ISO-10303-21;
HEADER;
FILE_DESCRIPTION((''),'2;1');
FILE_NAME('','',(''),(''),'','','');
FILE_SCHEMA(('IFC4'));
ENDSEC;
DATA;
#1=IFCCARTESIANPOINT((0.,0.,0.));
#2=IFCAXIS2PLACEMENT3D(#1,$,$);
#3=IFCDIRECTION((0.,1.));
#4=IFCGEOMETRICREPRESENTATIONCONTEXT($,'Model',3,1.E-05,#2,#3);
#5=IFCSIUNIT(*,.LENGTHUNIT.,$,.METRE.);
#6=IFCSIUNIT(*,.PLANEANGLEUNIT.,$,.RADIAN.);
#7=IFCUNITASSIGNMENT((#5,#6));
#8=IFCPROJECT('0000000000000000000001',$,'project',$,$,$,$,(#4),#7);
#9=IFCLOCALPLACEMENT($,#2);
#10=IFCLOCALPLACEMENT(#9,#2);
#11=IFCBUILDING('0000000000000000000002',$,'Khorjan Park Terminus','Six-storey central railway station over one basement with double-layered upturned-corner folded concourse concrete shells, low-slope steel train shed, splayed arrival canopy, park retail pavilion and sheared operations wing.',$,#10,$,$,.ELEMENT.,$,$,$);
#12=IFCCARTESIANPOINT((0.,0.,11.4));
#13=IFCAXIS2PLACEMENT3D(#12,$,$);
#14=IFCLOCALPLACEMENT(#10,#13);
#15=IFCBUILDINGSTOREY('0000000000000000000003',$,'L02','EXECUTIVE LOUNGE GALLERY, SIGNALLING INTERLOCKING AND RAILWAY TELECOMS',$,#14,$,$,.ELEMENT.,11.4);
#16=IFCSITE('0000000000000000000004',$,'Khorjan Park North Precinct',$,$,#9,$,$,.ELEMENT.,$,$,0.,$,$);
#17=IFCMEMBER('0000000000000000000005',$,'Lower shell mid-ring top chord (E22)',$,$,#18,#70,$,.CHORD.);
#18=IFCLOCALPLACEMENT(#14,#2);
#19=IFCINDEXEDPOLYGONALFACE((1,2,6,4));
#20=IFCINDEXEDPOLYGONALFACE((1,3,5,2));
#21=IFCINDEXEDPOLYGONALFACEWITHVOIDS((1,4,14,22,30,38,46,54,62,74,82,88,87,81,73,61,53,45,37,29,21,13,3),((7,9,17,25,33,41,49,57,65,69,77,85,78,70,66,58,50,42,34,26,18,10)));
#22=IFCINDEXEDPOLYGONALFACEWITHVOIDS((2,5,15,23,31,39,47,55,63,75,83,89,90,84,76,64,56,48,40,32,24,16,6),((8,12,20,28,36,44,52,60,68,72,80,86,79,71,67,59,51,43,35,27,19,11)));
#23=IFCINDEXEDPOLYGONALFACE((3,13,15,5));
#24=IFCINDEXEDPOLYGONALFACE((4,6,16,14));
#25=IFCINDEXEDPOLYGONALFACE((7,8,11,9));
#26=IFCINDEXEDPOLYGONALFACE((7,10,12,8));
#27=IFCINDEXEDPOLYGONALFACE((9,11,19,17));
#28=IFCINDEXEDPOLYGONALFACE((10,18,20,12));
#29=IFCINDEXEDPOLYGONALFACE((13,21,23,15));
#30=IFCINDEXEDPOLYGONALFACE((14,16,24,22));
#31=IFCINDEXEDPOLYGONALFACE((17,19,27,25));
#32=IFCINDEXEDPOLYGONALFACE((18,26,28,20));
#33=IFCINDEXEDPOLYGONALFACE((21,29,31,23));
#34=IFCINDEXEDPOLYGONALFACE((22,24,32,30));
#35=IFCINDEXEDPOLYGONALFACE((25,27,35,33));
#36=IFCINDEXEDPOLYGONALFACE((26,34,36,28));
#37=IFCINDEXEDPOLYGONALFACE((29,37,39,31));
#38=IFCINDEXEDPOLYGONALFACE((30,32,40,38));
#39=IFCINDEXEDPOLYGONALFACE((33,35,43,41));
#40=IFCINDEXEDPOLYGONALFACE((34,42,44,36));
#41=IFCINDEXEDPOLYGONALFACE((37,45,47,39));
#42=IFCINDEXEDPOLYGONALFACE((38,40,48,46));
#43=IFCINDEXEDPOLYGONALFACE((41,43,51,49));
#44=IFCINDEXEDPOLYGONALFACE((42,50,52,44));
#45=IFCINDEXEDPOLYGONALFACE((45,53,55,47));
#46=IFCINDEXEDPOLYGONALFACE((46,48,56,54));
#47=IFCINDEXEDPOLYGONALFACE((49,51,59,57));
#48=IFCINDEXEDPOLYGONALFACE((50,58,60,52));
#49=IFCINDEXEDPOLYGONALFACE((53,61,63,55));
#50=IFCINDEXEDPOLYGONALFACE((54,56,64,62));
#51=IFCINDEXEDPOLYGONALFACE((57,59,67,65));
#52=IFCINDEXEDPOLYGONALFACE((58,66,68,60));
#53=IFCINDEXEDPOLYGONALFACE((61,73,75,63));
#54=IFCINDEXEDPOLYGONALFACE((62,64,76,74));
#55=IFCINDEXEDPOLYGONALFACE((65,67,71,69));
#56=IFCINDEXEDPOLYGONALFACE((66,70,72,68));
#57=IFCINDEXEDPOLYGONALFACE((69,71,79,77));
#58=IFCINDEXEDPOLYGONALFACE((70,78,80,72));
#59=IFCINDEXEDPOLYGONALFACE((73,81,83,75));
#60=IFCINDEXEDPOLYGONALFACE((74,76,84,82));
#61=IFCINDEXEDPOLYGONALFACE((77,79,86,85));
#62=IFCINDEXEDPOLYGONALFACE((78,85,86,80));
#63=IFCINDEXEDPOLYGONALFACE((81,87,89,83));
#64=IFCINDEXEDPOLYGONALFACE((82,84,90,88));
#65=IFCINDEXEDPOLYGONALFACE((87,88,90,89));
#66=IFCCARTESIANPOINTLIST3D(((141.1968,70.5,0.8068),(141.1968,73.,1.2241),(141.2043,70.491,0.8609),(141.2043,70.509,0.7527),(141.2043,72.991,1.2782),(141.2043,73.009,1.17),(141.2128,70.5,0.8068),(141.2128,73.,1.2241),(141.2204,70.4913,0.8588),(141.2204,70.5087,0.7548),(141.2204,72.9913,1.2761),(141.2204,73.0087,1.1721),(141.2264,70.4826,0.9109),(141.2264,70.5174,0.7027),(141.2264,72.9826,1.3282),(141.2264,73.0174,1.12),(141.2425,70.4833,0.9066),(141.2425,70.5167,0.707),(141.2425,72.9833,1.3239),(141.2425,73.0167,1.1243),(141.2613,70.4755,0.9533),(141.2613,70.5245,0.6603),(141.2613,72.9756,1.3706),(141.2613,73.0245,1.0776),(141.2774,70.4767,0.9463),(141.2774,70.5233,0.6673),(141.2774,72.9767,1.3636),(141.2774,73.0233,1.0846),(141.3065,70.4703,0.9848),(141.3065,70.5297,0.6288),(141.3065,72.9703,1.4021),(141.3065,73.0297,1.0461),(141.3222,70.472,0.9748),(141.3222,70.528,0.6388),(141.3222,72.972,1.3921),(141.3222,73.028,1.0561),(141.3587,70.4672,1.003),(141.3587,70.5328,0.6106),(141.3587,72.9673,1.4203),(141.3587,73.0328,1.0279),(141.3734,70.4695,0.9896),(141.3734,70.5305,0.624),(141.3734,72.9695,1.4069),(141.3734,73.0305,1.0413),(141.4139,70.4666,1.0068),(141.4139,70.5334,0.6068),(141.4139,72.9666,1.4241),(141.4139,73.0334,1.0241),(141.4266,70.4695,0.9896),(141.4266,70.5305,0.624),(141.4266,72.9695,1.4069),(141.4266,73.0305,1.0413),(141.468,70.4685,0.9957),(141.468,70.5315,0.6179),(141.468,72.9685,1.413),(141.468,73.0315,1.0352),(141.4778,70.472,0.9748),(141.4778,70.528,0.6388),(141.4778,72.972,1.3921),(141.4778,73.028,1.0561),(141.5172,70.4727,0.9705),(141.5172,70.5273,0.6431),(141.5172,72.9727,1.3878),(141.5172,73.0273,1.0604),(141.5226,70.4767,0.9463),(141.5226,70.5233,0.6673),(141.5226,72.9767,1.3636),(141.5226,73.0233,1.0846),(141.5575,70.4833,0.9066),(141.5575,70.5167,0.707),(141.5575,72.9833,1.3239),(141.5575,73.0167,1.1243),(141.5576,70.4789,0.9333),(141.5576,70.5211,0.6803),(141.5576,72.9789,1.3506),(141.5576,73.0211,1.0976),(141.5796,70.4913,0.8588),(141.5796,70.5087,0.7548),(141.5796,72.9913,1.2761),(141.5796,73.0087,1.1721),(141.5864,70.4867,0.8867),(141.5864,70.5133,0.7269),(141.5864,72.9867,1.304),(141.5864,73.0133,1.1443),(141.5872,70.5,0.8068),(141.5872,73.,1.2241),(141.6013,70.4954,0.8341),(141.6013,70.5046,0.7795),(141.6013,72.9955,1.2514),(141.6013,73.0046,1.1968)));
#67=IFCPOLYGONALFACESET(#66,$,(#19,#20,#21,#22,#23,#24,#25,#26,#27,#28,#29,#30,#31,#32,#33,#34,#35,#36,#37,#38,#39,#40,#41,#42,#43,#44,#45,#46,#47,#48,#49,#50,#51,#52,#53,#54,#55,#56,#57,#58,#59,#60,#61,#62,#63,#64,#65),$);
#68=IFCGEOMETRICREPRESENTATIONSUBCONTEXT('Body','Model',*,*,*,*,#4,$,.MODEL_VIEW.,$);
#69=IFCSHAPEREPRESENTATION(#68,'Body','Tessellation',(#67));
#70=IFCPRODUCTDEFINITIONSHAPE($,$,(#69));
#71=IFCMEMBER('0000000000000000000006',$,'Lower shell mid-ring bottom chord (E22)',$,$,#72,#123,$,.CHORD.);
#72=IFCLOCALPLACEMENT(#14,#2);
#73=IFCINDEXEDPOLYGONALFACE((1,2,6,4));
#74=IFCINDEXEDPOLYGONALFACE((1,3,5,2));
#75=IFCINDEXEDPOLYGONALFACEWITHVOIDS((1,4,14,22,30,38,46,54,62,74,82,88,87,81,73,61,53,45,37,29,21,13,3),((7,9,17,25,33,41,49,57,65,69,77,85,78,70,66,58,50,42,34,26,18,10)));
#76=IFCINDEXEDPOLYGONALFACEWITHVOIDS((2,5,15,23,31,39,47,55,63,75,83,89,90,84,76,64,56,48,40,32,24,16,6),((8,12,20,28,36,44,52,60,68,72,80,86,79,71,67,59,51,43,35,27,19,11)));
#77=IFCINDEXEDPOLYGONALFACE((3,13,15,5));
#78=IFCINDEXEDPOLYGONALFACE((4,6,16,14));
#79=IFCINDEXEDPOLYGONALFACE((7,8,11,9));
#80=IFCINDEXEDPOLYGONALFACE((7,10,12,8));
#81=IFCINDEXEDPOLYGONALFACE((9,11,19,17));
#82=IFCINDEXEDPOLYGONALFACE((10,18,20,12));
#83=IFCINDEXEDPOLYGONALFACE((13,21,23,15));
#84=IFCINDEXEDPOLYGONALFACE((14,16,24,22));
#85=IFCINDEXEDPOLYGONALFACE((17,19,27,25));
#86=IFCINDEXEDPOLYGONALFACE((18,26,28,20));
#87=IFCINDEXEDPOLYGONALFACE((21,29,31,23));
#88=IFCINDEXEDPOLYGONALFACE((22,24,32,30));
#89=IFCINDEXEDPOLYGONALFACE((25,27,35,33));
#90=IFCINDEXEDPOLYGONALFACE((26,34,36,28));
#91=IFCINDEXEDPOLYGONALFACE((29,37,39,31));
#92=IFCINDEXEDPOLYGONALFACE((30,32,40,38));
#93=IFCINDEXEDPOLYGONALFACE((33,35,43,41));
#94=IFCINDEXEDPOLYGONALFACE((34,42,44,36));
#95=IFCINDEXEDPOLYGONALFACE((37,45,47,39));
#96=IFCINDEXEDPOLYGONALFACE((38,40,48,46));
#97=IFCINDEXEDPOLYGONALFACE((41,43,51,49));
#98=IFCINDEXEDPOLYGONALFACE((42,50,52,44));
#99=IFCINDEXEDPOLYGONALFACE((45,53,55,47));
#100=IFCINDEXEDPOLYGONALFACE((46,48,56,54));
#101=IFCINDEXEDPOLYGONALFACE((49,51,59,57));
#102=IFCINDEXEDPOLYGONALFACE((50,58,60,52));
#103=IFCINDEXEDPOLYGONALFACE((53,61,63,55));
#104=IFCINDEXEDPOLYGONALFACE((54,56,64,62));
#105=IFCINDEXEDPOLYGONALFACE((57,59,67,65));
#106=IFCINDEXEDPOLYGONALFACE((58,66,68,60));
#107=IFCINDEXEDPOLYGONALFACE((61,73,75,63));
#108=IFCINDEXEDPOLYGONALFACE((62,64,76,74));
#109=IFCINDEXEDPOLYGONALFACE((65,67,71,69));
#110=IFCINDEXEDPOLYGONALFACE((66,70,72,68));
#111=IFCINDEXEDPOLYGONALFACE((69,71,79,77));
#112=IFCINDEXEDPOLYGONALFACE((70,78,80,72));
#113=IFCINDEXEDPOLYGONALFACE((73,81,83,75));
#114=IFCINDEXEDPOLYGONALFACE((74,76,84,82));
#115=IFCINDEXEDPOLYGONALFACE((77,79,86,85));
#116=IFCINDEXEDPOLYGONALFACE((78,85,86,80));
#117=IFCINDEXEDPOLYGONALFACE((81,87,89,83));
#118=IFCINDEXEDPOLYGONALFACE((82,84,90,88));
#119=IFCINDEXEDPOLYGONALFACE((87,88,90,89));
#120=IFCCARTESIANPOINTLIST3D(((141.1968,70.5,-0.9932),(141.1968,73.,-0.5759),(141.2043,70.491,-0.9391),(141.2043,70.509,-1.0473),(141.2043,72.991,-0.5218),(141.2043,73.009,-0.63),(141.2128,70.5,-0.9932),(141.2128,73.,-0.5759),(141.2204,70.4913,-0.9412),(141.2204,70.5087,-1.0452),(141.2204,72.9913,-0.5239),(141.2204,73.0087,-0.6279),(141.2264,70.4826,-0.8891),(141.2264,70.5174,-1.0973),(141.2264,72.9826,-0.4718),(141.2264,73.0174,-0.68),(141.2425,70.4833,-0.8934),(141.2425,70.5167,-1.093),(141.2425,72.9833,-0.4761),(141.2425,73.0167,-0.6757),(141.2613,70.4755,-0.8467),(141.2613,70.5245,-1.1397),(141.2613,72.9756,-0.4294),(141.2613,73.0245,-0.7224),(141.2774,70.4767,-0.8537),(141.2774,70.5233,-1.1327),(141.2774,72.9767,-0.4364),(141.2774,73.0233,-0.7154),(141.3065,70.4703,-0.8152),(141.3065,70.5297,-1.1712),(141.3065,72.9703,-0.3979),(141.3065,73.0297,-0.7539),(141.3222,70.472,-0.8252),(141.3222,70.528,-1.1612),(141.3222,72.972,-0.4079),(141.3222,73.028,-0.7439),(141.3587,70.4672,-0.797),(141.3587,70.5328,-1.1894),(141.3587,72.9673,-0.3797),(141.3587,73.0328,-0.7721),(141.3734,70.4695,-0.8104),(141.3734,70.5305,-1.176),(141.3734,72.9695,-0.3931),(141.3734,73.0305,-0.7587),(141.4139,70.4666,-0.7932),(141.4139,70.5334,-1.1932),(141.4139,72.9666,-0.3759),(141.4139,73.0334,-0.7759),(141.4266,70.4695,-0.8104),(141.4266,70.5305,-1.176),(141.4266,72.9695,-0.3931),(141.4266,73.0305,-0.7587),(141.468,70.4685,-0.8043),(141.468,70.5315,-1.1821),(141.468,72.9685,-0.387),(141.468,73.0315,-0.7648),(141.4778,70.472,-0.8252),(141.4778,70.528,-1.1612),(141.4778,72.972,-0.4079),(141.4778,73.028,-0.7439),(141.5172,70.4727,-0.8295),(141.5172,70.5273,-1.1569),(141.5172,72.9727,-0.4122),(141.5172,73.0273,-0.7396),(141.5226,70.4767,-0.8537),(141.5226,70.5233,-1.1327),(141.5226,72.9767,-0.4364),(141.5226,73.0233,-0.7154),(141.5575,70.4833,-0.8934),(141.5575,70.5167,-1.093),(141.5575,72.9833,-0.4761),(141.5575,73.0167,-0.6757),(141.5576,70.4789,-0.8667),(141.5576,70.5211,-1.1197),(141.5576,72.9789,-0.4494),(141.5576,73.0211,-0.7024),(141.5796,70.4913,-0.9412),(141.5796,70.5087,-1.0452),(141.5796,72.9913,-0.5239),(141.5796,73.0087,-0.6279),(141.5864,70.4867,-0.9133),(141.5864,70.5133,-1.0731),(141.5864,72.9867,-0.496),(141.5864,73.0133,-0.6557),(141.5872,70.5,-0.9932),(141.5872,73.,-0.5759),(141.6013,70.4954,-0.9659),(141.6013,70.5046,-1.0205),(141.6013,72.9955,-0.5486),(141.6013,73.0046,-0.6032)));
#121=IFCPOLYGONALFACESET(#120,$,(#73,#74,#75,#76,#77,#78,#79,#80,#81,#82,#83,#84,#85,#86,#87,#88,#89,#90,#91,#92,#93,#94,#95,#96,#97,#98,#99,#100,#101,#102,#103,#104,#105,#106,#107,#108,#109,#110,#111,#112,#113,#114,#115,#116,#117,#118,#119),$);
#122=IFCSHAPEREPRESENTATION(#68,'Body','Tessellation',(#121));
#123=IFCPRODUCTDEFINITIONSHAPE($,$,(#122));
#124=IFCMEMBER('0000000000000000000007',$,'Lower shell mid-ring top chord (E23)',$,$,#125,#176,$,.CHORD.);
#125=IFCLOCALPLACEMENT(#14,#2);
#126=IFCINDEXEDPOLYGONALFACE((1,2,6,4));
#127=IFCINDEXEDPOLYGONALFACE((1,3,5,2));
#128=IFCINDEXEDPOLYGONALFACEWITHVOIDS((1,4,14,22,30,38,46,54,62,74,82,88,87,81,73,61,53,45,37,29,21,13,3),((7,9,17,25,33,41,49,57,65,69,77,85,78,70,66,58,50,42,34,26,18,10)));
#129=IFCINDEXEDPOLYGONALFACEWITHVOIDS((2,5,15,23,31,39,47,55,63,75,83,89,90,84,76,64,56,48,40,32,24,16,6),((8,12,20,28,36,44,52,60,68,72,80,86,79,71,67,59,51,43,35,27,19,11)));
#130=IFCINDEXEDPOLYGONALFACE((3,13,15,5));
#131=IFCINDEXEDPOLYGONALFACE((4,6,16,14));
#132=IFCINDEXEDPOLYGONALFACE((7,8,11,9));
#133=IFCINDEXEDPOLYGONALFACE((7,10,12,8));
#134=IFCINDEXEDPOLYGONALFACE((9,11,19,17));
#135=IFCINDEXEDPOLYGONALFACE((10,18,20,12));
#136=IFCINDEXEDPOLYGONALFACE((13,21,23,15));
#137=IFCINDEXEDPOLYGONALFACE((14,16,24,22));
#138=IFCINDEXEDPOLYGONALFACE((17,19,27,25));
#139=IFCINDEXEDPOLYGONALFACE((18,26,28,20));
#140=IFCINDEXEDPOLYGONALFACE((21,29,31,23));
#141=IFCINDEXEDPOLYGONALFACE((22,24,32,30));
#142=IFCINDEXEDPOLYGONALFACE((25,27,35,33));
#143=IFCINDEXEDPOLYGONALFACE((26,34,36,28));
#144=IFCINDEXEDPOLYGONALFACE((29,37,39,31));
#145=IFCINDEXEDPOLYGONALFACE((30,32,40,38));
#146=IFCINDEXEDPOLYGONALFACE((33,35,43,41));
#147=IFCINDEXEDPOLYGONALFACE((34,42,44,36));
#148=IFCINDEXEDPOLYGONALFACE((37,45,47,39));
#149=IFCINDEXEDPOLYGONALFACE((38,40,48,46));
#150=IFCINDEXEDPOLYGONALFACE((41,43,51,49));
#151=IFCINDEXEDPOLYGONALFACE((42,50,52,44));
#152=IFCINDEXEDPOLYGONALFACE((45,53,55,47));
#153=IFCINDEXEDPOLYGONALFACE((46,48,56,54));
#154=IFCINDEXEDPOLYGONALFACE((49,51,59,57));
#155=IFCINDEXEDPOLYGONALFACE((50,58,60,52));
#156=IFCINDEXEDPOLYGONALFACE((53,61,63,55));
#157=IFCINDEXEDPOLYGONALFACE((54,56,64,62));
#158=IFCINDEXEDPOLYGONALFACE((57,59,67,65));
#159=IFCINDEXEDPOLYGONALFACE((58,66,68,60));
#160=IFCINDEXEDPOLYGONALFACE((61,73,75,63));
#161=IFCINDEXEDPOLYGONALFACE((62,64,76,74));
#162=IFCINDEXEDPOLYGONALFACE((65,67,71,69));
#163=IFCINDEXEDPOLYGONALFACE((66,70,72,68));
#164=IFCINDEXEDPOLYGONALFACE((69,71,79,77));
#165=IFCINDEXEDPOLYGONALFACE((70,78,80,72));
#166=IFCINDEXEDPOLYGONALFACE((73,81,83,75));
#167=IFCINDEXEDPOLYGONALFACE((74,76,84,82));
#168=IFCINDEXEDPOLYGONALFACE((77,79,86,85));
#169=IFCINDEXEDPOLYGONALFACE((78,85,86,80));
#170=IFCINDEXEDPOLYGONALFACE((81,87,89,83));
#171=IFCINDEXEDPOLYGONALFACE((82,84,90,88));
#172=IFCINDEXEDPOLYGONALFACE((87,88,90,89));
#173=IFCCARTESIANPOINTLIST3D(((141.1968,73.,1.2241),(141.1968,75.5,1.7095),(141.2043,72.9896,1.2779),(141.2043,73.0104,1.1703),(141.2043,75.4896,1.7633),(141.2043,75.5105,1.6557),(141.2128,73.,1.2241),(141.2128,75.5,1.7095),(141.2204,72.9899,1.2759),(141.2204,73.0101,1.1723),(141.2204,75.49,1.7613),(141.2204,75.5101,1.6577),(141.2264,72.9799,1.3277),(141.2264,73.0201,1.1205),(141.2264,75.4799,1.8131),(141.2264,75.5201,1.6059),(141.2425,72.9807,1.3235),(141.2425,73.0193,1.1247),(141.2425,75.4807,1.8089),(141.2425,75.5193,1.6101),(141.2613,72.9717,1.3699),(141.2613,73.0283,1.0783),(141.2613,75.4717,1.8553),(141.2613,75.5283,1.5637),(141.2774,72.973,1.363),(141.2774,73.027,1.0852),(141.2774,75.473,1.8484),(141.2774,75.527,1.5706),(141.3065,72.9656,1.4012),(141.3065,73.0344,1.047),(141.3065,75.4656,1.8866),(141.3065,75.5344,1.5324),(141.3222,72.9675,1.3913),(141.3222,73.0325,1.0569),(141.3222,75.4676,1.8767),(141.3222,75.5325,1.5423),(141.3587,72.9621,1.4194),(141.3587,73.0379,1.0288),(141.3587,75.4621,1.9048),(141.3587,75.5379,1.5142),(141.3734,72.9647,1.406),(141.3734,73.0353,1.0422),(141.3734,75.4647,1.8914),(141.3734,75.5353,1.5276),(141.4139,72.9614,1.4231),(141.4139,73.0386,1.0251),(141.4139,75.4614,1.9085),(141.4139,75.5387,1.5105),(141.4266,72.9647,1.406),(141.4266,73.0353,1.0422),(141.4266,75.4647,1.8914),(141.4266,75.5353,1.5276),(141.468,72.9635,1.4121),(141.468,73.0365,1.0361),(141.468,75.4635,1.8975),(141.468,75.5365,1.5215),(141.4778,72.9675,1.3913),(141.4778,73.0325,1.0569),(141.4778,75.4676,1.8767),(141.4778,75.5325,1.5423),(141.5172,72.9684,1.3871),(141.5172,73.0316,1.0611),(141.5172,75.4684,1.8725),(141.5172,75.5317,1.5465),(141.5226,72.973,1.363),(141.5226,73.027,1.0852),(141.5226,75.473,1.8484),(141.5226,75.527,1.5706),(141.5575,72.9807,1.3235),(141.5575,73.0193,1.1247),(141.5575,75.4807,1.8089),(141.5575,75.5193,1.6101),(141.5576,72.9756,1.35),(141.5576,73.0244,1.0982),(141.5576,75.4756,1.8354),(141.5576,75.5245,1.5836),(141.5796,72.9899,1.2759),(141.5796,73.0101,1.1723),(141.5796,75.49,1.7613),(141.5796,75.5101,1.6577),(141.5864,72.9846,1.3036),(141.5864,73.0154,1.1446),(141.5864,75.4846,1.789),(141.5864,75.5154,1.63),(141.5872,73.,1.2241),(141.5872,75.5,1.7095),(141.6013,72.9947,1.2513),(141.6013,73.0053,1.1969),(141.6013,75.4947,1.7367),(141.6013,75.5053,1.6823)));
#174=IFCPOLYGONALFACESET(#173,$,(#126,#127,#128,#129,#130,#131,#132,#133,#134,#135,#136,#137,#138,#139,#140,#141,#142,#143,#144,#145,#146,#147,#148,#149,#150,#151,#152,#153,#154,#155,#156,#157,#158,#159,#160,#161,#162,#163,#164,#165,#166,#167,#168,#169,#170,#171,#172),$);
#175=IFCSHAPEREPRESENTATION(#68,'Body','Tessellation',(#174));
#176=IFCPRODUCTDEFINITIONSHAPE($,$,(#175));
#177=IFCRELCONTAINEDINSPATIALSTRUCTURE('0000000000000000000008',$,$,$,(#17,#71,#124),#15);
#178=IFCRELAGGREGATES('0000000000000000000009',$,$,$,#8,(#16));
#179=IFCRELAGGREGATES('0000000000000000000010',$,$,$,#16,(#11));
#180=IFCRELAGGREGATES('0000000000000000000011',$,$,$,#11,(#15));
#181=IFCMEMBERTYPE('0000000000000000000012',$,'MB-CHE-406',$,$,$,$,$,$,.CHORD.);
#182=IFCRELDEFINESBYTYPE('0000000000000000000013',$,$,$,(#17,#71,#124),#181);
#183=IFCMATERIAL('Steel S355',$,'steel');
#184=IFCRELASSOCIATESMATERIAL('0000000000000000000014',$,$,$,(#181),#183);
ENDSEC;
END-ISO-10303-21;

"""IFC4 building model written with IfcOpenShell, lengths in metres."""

from ifc_helpers import new_model, si_unit, direction, frame, origin, origin_2d, place, context, subcontext, project, spatial, hollow_circle, extrude, material, material_profile, profile_set, type_object, element, save


model = new_model("IFC4")

# Units and contexts
model_context = context("Model", 3, precision=1e-05, world=origin(), true_north=direction((0.0, 1.0)))
body_context = subcontext(model_context, "Body", "Model", "MODEL_VIEW")
ifc_project = project(units=[si_unit("LENGTHUNIT", "METRE"), si_unit("PLANEANGLEUNIT", "RADIAN")], contexts=[model_context])

# Site, building, storey
site_placement = place(None, origin())
site = spatial("IfcSite", under=ifc_project, at=site_placement, Name="Khorjan Park North Precinct", CompositionType="ELEMENT", RefElevation=0.0)
building_placement = place(site_placement, origin())
building = spatial("IfcBuilding", under=site, at=building_placement, Name="Khorjan Park Terminus", Description="Six-storey central railway station over one basement with double-layered upturned-corner folded concourse concrete shells, low-slope steel train shed, splayed arrival canopy, park retail pavilion and sheared operations wing.", CompositionType="ELEMENT")
storey_placement = place(building_placement, frame((0.0, 0.0, 11.4)))
storey = spatial("IfcBuildingStorey", under=building, at=storey_placement, Name="L02", Description="EXECUTIVE LOUNGE GALLERY, SIGNALLING INTERLOCKING AND RAILWAY TELECOMS", CompositionType="ELEMENT", Elevation=11.4)

# Members
ifc_material_1 = material(Name="Steel S355", Category="steel")
ifc_material_profile_1 = material_profile(ifc_material_1, hollow_circle(Radius=0.2032, WallThickness=0.016, at=origin_2d()), Name="CHS 406.4x16")
ifc_profile_set_1 = profile_set([ifc_material_profile_1], Name="Steel S355")
member_type_1 = type_object("IfcMemberType", Name="MB-CHE-406", PredefinedType="CHORD", material=ifc_profile_set_1)
for number, where, z_axis, x_axis, name in (
    (1, (141.4, 70.5, 0.8068), (0.0, 0.986353, 0.164642), (-1.0, 0.0, 0.0), "Lower shell mid-ring top chord (E22)"),
    (2, (141.4, 70.5, -0.9932), (0.0, 0.986353, 0.164642), (-1.0, 0.0, 0.0), "Lower shell mid-ring bottom chord (E22)"),
):
    element("IfcMember", number, at=place(storey_placement, frame(where, z_axis=z_axis, x_axis=x_axis)), inside=storey, type_object=member_type_1, Name=name, PredefinedType="CHORD", context=body_context, shape_type="SweptSolid", body=[
        extrude(hollow_circle(Radius=0.2032, WallThickness=0.016, at=origin_2d()), origin(), (0.0, 0.0, 1.0), 2.5346),
    ])
for number, where, z_axis, x_axis, name in (
    (3, (141.4, 73.0, 1.2241), (0.0, 0.981668, 0.190601), (-1.0, 0.0, 0.0), "Lower shell mid-ring top chord (E23)"),
):
    element("IfcMember", number, at=place(storey_placement, frame(where, z_axis=z_axis, x_axis=x_axis)), inside=storey, type_object=member_type_1, Name=name, PredefinedType="CHORD", context=body_context, shape_type="SweptSolid", body=[
        extrude(hollow_circle(Radius=0.2032, WallThickness=0.016, at=origin_2d()), origin(), (0.0, 0.0, 1.0), 2.5467),
    ])

save(model, "model.ifc")
